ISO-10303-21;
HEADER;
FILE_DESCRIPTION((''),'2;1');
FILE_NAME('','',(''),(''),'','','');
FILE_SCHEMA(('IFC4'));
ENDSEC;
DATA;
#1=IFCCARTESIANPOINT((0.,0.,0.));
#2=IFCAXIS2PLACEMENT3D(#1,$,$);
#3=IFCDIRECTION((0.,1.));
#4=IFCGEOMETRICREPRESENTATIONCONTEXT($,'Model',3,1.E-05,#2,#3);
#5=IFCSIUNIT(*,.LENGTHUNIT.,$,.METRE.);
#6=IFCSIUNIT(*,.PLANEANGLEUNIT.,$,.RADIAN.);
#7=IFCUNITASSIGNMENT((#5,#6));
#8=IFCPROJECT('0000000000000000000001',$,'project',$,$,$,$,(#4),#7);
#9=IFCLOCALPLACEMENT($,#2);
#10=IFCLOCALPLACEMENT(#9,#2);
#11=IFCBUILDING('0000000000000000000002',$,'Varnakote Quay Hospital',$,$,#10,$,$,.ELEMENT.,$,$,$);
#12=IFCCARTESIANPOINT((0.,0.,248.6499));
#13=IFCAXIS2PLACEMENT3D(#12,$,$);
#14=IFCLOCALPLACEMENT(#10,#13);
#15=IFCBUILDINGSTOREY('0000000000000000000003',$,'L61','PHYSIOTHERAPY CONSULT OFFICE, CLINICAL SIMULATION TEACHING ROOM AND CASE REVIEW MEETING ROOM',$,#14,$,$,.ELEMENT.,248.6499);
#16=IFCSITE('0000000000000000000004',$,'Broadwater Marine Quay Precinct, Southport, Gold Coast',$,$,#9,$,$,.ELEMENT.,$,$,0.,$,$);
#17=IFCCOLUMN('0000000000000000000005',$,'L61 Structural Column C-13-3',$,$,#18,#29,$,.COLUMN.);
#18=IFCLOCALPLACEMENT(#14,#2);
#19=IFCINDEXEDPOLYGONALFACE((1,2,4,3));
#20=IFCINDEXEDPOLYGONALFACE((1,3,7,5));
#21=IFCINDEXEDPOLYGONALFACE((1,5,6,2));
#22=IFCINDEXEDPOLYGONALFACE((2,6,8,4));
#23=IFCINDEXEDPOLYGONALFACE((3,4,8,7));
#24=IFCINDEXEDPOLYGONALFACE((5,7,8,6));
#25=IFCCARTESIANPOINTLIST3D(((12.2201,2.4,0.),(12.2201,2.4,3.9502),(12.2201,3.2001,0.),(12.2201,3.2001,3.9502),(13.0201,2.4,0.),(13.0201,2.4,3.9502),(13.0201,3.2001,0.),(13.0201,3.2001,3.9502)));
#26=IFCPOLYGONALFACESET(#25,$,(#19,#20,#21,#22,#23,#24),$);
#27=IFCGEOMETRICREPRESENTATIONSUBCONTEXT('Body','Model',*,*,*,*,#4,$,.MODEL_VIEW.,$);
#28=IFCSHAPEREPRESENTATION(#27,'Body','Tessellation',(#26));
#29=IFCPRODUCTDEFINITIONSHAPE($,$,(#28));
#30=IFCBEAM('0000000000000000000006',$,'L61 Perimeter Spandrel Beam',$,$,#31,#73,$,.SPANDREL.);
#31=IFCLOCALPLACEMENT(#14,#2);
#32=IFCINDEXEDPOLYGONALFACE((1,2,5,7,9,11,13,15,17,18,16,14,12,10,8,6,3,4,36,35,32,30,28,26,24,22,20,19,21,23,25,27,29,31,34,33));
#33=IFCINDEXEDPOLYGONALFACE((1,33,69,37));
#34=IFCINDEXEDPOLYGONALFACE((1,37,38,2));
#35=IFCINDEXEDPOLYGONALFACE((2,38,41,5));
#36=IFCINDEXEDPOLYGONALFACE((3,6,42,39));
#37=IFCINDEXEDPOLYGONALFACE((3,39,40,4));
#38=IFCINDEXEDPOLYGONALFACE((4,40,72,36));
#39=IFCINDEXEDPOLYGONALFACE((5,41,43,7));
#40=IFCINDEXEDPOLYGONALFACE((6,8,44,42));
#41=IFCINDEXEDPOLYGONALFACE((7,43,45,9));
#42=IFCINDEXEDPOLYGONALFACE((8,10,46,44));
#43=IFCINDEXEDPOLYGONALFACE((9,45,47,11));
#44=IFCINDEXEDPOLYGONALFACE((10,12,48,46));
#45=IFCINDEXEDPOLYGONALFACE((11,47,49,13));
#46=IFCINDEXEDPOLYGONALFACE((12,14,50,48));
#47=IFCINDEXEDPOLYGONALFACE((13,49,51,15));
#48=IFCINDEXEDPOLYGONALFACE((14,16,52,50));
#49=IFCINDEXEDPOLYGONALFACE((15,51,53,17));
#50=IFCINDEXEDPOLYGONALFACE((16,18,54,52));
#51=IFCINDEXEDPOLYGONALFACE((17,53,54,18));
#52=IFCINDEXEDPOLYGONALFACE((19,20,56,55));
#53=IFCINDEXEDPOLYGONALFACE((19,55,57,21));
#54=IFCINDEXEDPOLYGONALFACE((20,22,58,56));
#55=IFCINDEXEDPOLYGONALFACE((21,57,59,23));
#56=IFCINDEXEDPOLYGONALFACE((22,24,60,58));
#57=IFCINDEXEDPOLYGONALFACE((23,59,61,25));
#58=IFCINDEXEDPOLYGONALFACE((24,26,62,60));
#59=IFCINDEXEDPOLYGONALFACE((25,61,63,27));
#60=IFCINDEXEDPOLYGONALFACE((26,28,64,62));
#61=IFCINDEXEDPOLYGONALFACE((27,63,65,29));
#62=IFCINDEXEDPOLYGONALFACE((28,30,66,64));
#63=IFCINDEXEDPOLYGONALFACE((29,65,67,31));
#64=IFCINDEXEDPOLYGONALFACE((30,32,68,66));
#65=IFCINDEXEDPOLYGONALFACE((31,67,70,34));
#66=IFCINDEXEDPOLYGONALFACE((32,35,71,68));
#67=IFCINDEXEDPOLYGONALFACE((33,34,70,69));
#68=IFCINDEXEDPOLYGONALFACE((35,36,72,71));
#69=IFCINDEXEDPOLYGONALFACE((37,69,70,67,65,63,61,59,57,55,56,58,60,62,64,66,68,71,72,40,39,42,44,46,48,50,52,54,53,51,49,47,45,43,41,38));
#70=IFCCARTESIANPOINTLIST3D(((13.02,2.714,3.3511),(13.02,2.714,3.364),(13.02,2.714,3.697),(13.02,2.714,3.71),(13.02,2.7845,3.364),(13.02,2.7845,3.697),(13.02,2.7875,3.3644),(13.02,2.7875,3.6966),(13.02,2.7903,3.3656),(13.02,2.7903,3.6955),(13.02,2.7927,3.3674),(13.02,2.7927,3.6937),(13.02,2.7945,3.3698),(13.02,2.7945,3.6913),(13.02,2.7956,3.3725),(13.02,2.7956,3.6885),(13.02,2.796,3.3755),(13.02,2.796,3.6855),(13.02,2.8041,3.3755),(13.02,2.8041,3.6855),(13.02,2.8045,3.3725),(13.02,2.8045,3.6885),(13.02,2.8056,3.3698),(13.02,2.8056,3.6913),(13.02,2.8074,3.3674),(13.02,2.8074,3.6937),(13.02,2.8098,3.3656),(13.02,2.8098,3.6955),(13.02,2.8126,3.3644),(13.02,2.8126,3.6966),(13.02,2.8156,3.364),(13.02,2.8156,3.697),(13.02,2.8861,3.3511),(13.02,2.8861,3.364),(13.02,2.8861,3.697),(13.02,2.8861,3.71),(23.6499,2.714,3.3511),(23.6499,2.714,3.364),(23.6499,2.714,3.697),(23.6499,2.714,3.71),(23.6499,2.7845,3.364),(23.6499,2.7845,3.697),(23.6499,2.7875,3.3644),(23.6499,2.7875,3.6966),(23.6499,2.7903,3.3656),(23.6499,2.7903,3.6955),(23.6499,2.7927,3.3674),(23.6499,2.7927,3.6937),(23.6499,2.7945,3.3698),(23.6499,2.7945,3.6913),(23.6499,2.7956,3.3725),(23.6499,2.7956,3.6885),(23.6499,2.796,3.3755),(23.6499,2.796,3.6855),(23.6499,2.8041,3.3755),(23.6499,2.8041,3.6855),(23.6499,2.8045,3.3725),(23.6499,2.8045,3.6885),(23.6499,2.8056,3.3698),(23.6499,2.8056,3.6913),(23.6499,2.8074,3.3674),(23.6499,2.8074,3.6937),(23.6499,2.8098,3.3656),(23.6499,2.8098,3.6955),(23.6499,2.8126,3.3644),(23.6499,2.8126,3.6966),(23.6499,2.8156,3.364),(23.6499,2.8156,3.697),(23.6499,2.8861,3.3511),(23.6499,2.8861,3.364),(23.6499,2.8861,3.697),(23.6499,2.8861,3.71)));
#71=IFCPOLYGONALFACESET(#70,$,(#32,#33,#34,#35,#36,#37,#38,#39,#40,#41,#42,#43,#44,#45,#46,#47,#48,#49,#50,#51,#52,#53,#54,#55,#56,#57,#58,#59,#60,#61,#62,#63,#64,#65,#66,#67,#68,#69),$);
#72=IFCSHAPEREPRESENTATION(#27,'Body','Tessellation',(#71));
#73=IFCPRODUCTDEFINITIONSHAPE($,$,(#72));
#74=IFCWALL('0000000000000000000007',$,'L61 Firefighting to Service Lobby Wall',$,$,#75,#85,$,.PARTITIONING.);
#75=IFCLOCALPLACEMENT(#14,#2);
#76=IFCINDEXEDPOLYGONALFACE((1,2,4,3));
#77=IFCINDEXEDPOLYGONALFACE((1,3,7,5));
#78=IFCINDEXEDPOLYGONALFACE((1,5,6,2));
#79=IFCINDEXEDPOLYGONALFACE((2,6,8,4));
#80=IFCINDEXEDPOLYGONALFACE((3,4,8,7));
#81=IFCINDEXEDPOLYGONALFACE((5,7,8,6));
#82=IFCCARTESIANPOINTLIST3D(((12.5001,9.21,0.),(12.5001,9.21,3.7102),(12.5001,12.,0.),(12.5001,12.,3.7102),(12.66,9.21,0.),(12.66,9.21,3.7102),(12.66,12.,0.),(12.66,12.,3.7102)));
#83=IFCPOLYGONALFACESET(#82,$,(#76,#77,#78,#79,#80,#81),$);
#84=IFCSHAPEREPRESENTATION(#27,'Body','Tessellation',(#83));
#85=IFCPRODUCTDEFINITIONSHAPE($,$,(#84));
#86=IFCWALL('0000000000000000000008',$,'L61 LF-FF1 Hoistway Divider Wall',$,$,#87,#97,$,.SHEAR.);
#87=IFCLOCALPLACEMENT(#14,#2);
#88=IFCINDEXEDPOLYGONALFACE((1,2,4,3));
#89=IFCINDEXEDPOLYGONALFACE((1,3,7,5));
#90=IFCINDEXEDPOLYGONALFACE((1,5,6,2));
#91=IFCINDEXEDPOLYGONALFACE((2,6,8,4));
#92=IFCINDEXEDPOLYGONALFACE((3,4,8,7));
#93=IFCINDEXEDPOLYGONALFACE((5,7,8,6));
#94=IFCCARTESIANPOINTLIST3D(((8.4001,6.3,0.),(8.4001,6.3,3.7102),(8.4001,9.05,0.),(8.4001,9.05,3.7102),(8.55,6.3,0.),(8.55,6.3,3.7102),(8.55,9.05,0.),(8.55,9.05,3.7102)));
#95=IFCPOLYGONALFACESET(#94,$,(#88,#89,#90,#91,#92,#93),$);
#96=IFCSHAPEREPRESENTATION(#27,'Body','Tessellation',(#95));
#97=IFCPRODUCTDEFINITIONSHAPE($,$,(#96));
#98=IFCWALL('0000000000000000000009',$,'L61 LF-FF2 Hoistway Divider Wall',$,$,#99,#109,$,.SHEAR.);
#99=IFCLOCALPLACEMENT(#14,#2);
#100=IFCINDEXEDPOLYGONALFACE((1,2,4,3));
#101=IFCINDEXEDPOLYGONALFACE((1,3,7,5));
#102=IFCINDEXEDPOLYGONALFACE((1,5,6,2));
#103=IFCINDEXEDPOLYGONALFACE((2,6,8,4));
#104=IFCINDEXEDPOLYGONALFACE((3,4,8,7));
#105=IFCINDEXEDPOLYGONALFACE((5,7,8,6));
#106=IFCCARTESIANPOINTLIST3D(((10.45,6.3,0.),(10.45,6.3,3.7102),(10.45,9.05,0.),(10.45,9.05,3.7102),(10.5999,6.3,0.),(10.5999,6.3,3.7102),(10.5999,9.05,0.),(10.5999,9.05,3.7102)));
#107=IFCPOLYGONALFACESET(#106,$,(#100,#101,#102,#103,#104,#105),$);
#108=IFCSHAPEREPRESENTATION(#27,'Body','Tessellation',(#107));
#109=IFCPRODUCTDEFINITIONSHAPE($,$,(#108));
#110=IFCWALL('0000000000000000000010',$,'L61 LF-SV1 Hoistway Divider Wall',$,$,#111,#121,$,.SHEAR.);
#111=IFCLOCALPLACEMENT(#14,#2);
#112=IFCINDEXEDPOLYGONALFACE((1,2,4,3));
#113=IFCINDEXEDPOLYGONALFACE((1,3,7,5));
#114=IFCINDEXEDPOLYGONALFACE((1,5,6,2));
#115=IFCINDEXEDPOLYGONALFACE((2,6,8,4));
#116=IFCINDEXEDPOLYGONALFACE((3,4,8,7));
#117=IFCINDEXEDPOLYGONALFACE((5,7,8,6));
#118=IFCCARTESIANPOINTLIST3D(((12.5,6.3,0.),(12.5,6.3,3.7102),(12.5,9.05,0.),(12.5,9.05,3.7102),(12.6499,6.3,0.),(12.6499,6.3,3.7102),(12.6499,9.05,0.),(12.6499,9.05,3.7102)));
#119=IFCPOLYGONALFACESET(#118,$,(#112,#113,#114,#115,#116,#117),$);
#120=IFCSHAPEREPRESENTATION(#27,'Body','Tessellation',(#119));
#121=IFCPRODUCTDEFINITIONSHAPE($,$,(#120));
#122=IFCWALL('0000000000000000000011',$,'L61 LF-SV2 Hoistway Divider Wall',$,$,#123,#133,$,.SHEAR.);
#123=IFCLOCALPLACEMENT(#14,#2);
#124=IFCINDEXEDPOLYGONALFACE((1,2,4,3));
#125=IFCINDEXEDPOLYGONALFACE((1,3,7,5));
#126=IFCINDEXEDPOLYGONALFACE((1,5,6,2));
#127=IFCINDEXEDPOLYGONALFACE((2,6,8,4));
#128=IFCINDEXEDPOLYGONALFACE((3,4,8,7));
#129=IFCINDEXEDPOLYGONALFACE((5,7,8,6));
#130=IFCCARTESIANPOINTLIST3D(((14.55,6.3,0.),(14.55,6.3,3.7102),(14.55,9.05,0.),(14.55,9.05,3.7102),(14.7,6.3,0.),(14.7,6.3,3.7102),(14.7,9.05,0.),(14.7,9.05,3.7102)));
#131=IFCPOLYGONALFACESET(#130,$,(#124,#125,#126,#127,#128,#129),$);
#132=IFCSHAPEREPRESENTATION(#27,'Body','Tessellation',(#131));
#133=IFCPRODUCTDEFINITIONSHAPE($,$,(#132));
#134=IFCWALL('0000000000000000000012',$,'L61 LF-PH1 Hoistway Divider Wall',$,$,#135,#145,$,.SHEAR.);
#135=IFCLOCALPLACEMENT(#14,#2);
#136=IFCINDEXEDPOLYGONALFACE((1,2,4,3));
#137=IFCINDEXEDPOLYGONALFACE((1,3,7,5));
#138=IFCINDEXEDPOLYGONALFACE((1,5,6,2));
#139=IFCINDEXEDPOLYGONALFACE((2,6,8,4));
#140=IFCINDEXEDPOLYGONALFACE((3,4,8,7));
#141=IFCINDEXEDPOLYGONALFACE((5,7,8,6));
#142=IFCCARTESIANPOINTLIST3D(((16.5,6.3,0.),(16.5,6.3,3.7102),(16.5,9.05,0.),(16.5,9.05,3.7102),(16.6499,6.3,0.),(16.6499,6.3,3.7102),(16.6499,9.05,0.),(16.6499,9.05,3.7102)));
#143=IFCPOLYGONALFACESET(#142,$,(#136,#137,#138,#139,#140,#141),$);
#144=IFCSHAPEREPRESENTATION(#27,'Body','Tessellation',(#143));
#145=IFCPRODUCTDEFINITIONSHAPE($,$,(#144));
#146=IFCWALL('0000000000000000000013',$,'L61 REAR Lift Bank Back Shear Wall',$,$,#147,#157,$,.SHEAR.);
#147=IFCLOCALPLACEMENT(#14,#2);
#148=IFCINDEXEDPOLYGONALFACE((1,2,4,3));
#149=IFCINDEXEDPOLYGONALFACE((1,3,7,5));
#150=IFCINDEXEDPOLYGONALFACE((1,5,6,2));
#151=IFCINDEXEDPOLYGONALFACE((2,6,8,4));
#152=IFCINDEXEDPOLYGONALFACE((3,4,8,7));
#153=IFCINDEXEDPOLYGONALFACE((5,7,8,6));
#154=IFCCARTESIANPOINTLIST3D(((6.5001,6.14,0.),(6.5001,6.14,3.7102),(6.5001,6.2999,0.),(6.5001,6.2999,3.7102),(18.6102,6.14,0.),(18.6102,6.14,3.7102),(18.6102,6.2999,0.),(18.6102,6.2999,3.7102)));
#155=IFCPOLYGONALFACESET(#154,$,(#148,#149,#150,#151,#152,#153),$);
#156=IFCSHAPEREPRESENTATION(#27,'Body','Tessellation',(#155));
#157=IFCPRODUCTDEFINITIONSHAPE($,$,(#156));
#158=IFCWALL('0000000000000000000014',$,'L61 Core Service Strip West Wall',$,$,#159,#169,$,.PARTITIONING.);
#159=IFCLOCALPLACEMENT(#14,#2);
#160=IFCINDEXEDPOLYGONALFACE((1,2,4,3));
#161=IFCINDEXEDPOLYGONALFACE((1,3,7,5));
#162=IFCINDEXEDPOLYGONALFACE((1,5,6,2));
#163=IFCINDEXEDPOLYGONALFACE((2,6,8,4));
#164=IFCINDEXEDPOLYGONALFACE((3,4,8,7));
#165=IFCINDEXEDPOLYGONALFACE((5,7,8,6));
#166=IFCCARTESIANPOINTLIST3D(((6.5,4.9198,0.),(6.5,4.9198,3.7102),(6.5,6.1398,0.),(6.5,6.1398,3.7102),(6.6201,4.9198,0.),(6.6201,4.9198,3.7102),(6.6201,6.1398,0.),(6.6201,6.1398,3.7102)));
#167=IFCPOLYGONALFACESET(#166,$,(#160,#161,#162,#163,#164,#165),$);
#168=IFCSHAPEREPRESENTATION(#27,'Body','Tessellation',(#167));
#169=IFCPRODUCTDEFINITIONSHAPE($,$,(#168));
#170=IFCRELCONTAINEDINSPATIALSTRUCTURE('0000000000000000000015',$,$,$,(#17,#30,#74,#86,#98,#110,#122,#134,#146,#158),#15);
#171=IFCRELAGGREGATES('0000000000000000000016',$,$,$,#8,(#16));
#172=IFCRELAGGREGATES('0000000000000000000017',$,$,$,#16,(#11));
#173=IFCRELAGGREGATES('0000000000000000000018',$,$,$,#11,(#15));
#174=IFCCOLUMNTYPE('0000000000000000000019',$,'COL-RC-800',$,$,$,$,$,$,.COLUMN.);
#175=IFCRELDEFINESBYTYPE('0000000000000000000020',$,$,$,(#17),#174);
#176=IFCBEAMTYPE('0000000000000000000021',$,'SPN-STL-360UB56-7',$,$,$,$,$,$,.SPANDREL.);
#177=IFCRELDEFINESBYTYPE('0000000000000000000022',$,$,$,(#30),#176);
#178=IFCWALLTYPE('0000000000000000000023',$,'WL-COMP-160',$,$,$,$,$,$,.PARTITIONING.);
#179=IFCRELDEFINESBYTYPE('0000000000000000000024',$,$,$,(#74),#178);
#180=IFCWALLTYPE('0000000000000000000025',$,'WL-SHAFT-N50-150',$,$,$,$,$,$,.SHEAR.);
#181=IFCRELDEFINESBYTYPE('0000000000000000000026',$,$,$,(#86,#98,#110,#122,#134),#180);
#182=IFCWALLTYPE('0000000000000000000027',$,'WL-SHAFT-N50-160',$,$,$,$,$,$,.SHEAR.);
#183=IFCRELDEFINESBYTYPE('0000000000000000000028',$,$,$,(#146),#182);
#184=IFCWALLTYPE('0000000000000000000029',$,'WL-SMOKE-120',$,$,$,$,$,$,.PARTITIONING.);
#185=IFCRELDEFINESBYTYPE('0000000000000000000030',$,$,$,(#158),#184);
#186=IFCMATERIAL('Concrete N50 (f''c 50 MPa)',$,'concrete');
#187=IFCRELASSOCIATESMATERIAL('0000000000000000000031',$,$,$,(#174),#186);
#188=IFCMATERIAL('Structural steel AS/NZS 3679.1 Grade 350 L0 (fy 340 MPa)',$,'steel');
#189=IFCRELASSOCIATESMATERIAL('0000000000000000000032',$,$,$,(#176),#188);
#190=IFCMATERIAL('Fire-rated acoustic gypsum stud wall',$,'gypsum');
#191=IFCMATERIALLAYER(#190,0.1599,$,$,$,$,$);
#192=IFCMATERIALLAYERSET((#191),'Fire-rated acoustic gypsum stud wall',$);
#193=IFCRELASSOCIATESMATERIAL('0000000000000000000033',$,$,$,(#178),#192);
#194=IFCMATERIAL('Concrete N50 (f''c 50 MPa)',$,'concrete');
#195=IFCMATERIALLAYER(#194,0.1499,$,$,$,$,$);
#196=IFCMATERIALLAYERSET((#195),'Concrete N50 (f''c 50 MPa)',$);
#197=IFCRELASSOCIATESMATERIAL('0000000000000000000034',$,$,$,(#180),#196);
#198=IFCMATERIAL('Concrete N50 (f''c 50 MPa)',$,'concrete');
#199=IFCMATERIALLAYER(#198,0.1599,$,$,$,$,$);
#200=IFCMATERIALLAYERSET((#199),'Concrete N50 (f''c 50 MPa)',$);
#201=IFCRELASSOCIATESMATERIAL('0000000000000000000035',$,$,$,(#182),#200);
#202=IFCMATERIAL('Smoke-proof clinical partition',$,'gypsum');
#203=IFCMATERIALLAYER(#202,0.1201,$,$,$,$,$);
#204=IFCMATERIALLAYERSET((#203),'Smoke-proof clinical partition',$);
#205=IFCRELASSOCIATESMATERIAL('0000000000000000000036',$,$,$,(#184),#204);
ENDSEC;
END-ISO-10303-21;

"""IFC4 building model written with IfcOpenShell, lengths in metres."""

from ifc_helpers import new_model, si_unit, direction, frame, frame_2d, origin, origin_2d, place, context, subcontext, project, spatial, rectangle, i_section, extrude, material, layer, layer_set, material_profile, profile_set, type_object, element, save


model = new_model("IFC4")

# Units and contexts
model_context = context("Model", 3, precision=1e-05, world=origin(), true_north=direction((0.0, 1.0)))
body_context = subcontext(model_context, "Body", "Model", "MODEL_VIEW")
ifc_project = project(units=[si_unit("LENGTHUNIT", "METRE"), si_unit("PLANEANGLEUNIT", "RADIAN")], contexts=[model_context])

# Site, building, storey
site_placement = place(None, origin())
site = spatial("IfcSite", under=ifc_project, at=site_placement, Name="Broadwater Marine Quay Precinct, Southport, Gold Coast", CompositionType="ELEMENT", RefElevation=0.0)
building_placement = place(site_placement, origin())
building = spatial("IfcBuilding", under=site, at=building_placement, Name="Varnakote Quay Hospital", CompositionType="ELEMENT")
storey_placement = place(building_placement, frame((0.0, 0.0, 248.6499)))
storey = spatial("IfcBuildingStorey", under=building, at=storey_placement, Name="L61", Description="PHYSIOTHERAPY CONSULT OFFICE, CLINICAL SIMULATION TEACHING ROOM AND CASE REVIEW MEETING ROOM", CompositionType="ELEMENT", Elevation=248.6499)

# Column
ifc_material_1 = material(Name="Concrete N50 (f'c 50 MPa)", Category="concrete")
ifc_material_profile_1 = material_profile(ifc_material_1, rectangle(XDim=0.8, YDim=0.8, at=origin_2d()), Name="RC-COL-800x800")
ifc_profile_set_1 = profile_set([ifc_material_profile_1], Name="Concrete N50 (f'c 50 MPa)")
column_type = type_object("IfcColumnType", Name="COL-RC-800", PredefinedType="COLUMN", material=ifc_profile_set_1)
column_placement = place(storey_placement, frame((12.6201, 2.8, 0.0), z_axis=(0.0, 0.0, 1.0), x_axis=(1.0, 0.0, 0.0)))
element("IfcColumn", 1, at=column_placement, inside=storey, type_object=column_type, Name="L61 Structural Column C-13-3", PredefinedType="COLUMN", context=body_context, shape_type="SweptSolid", body=[
    extrude(rectangle(XDim=0.8, YDim=0.8, at=origin_2d()), origin(), (0.0, 0.0, 1.0), 3.9502),
])

# Beam
ifc_material_2 = material(Name="Structural steel AS/NZS 3679.1 Grade 350 L0 (fy 340 MPa)", Category="steel")
ifc_material_profile_2 = material_profile(ifc_material_2, i_section(OverallWidth=0.1721, OverallDepth=0.3589, WebThickness=0.0081, FlangeThickness=0.0129, FilletRadius=0.0115, at=origin_2d()), Name="360UB56.7")
ifc_profile_set_2 = profile_set([ifc_material_profile_2], Name="Structural steel AS/NZS 3679.1 Grade 350 L0 (fy 340 MPa)")
beam_type = type_object("IfcBeamType", Name="SPN-STL-360UB56-7", PredefinedType="SPANDREL", material=ifc_profile_set_2)
beam_placement = place(storey_placement, frame((13.02, 2.8, 3.5305), z_axis=(1.0, 0.0, 0.0), x_axis=(0.0, 1.0, 0.0)))
element("IfcBeam", 2, at=beam_placement, inside=storey, type_object=beam_type, Name="L61 Perimeter Spandrel Beam", PredefinedType="SPANDREL", context=body_context, shape_type="SweptSolid", body=[
    extrude(i_section(OverallWidth=0.1721, OverallDepth=0.3589, WebThickness=0.0081, FlangeThickness=0.0129, FilletRadius=0.0115, at=origin_2d()), origin(), (0.0, 0.0, 1.0), 10.6299),
])

# Walls
ifc_material_3 = material(Name="Fire-rated acoustic gypsum stud wall", Category="gypsum")
ifc_layer_1 = layer(ifc_material_3, 0.1599)
ifc_layer_set_1 = layer_set([ifc_layer_1], Name="Fire-rated acoustic gypsum stud wall")
wall_type_1 = type_object("IfcWallType", Name="WL-COMP-160", PredefinedType="PARTITIONING", material=ifc_layer_set_1)
wall_1_placement = place(storey_placement, frame((12.5801, 9.21, 0.0), z_axis=(0.0, 0.0, 1.0), x_axis=(0.0, 1.0, 0.0)))
element("IfcWall", 3, at=wall_1_placement, inside=storey, type_object=wall_type_1, Name="L61 Firefighting to Service Lobby Wall", PredefinedType="PARTITIONING", context=body_context, shape_type="SweptSolid", body=[
    extrude(rectangle(XDim=2.79, YDim=0.1599, at=frame_2d((1.395, 0.0))), origin(), (0.0, 0.0, 1.0), 3.7102),
])
ifc_material_4 = material(Name="Concrete N50 (f'c 50 MPa)", Category="concrete")
ifc_layer_2 = layer(ifc_material_4, 0.1499)
ifc_layer_set_2 = layer_set([ifc_layer_2], Name="Concrete N50 (f'c 50 MPa)")
wall_type_2 = type_object("IfcWallType", Name="WL-SHAFT-N50-150", PredefinedType="SHEAR", material=ifc_layer_set_2)
for number, where, z_axis, x_axis, name in (
    (4, (8.4751, 6.3, 0.0), (0.0, 0.0, 1.0), (0.0, 1.0, 0.0), "L61 LF-FF1 Hoistway Divider Wall"),
    (5, (10.5249, 6.3, 0.0), (0.0, 0.0, 1.0), (0.0, 1.0, 0.0), "L61 LF-FF2 Hoistway Divider Wall"),
    (6, (12.575, 6.3, 0.0), (0.0, 0.0, 1.0), (0.0, 1.0, 0.0), "L61 LF-SV1 Hoistway Divider Wall"),
    (7, (14.625, 6.3, 0.0), (0.0, 0.0, 1.0), (0.0, 1.0, 0.0), "L61 LF-SV2 Hoistway Divider Wall"),
    (8, (16.575, 6.3, 0.0), (0.0, 0.0, 1.0), (0.0, 1.0, 0.0), "L61 LF-PH1 Hoistway Divider Wall"),
):
    element("IfcWall", number, at=place(storey_placement, frame(where, z_axis=z_axis, x_axis=x_axis)), inside=storey, type_object=wall_type_2, Name=name, PredefinedType="SHEAR", context=body_context, shape_type="SweptSolid", body=[
        extrude(rectangle(XDim=2.75, YDim=0.1499, at=frame_2d((1.375, 0.0))), origin(), (0.0, 0.0, 1.0), 3.7102),
    ])
ifc_material_5 = material(Name="Concrete N50 (f'c 50 MPa)", Category="concrete")
ifc_layer_3 = layer(ifc_material_5, 0.1599)
ifc_layer_set_3 = layer_set([ifc_layer_3], Name="Concrete N50 (f'c 50 MPa)")
wall_type_3 = type_object("IfcWallType", Name="WL-SHAFT-N50-160", PredefinedType="SHEAR", material=ifc_layer_set_3)
wall_2_placement = place(storey_placement, frame((6.5, 6.22, 0.0), z_axis=(0.0, 0.0, 1.0), x_axis=(1.0, 0.0, 0.0)))
element("IfcWall", 9, at=wall_2_placement, inside=storey, type_object=wall_type_3, Name="L61 REAR Lift Bank Back Shear Wall", PredefinedType="SHEAR", context=body_context, shape_type="SweptSolid", body=[
    extrude(rectangle(XDim=12.1101, YDim=0.1599, at=frame_2d((6.0552, 0.0))), origin(), (0.0, 0.0, 1.0), 3.7102),
])

# Wall
ifc_material_6 = material(Name="Smoke-proof clinical partition", Category="gypsum")
ifc_layer_4 = layer(ifc_material_6, 0.1201)
ifc_layer_set_4 = layer_set([ifc_layer_4], Name="Smoke-proof clinical partition")
wall_type_4 = type_object("IfcWallType", Name="WL-SMOKE-120", PredefinedType="PARTITIONING", material=ifc_layer_set_4)
wall_3_placement = place(storey_placement, frame((6.5601, 4.9199, 0.0), z_axis=(0.0, 0.0, 1.0), x_axis=(0.0, 1.0, 0.0)))
element("IfcWall", 10, at=wall_3_placement, inside=storey, type_object=wall_type_4, Name="L61 Core Service Strip West Wall", PredefinedType="PARTITIONING", context=body_context, shape_type="SweptSolid", body=[
    extrude(rectangle(XDim=1.22, YDim=0.1201, at=frame_2d((0.6099, 0.0))), origin(), (0.0, 0.0, 1.0), 3.7102),
])

save(model, "model.ifc")
